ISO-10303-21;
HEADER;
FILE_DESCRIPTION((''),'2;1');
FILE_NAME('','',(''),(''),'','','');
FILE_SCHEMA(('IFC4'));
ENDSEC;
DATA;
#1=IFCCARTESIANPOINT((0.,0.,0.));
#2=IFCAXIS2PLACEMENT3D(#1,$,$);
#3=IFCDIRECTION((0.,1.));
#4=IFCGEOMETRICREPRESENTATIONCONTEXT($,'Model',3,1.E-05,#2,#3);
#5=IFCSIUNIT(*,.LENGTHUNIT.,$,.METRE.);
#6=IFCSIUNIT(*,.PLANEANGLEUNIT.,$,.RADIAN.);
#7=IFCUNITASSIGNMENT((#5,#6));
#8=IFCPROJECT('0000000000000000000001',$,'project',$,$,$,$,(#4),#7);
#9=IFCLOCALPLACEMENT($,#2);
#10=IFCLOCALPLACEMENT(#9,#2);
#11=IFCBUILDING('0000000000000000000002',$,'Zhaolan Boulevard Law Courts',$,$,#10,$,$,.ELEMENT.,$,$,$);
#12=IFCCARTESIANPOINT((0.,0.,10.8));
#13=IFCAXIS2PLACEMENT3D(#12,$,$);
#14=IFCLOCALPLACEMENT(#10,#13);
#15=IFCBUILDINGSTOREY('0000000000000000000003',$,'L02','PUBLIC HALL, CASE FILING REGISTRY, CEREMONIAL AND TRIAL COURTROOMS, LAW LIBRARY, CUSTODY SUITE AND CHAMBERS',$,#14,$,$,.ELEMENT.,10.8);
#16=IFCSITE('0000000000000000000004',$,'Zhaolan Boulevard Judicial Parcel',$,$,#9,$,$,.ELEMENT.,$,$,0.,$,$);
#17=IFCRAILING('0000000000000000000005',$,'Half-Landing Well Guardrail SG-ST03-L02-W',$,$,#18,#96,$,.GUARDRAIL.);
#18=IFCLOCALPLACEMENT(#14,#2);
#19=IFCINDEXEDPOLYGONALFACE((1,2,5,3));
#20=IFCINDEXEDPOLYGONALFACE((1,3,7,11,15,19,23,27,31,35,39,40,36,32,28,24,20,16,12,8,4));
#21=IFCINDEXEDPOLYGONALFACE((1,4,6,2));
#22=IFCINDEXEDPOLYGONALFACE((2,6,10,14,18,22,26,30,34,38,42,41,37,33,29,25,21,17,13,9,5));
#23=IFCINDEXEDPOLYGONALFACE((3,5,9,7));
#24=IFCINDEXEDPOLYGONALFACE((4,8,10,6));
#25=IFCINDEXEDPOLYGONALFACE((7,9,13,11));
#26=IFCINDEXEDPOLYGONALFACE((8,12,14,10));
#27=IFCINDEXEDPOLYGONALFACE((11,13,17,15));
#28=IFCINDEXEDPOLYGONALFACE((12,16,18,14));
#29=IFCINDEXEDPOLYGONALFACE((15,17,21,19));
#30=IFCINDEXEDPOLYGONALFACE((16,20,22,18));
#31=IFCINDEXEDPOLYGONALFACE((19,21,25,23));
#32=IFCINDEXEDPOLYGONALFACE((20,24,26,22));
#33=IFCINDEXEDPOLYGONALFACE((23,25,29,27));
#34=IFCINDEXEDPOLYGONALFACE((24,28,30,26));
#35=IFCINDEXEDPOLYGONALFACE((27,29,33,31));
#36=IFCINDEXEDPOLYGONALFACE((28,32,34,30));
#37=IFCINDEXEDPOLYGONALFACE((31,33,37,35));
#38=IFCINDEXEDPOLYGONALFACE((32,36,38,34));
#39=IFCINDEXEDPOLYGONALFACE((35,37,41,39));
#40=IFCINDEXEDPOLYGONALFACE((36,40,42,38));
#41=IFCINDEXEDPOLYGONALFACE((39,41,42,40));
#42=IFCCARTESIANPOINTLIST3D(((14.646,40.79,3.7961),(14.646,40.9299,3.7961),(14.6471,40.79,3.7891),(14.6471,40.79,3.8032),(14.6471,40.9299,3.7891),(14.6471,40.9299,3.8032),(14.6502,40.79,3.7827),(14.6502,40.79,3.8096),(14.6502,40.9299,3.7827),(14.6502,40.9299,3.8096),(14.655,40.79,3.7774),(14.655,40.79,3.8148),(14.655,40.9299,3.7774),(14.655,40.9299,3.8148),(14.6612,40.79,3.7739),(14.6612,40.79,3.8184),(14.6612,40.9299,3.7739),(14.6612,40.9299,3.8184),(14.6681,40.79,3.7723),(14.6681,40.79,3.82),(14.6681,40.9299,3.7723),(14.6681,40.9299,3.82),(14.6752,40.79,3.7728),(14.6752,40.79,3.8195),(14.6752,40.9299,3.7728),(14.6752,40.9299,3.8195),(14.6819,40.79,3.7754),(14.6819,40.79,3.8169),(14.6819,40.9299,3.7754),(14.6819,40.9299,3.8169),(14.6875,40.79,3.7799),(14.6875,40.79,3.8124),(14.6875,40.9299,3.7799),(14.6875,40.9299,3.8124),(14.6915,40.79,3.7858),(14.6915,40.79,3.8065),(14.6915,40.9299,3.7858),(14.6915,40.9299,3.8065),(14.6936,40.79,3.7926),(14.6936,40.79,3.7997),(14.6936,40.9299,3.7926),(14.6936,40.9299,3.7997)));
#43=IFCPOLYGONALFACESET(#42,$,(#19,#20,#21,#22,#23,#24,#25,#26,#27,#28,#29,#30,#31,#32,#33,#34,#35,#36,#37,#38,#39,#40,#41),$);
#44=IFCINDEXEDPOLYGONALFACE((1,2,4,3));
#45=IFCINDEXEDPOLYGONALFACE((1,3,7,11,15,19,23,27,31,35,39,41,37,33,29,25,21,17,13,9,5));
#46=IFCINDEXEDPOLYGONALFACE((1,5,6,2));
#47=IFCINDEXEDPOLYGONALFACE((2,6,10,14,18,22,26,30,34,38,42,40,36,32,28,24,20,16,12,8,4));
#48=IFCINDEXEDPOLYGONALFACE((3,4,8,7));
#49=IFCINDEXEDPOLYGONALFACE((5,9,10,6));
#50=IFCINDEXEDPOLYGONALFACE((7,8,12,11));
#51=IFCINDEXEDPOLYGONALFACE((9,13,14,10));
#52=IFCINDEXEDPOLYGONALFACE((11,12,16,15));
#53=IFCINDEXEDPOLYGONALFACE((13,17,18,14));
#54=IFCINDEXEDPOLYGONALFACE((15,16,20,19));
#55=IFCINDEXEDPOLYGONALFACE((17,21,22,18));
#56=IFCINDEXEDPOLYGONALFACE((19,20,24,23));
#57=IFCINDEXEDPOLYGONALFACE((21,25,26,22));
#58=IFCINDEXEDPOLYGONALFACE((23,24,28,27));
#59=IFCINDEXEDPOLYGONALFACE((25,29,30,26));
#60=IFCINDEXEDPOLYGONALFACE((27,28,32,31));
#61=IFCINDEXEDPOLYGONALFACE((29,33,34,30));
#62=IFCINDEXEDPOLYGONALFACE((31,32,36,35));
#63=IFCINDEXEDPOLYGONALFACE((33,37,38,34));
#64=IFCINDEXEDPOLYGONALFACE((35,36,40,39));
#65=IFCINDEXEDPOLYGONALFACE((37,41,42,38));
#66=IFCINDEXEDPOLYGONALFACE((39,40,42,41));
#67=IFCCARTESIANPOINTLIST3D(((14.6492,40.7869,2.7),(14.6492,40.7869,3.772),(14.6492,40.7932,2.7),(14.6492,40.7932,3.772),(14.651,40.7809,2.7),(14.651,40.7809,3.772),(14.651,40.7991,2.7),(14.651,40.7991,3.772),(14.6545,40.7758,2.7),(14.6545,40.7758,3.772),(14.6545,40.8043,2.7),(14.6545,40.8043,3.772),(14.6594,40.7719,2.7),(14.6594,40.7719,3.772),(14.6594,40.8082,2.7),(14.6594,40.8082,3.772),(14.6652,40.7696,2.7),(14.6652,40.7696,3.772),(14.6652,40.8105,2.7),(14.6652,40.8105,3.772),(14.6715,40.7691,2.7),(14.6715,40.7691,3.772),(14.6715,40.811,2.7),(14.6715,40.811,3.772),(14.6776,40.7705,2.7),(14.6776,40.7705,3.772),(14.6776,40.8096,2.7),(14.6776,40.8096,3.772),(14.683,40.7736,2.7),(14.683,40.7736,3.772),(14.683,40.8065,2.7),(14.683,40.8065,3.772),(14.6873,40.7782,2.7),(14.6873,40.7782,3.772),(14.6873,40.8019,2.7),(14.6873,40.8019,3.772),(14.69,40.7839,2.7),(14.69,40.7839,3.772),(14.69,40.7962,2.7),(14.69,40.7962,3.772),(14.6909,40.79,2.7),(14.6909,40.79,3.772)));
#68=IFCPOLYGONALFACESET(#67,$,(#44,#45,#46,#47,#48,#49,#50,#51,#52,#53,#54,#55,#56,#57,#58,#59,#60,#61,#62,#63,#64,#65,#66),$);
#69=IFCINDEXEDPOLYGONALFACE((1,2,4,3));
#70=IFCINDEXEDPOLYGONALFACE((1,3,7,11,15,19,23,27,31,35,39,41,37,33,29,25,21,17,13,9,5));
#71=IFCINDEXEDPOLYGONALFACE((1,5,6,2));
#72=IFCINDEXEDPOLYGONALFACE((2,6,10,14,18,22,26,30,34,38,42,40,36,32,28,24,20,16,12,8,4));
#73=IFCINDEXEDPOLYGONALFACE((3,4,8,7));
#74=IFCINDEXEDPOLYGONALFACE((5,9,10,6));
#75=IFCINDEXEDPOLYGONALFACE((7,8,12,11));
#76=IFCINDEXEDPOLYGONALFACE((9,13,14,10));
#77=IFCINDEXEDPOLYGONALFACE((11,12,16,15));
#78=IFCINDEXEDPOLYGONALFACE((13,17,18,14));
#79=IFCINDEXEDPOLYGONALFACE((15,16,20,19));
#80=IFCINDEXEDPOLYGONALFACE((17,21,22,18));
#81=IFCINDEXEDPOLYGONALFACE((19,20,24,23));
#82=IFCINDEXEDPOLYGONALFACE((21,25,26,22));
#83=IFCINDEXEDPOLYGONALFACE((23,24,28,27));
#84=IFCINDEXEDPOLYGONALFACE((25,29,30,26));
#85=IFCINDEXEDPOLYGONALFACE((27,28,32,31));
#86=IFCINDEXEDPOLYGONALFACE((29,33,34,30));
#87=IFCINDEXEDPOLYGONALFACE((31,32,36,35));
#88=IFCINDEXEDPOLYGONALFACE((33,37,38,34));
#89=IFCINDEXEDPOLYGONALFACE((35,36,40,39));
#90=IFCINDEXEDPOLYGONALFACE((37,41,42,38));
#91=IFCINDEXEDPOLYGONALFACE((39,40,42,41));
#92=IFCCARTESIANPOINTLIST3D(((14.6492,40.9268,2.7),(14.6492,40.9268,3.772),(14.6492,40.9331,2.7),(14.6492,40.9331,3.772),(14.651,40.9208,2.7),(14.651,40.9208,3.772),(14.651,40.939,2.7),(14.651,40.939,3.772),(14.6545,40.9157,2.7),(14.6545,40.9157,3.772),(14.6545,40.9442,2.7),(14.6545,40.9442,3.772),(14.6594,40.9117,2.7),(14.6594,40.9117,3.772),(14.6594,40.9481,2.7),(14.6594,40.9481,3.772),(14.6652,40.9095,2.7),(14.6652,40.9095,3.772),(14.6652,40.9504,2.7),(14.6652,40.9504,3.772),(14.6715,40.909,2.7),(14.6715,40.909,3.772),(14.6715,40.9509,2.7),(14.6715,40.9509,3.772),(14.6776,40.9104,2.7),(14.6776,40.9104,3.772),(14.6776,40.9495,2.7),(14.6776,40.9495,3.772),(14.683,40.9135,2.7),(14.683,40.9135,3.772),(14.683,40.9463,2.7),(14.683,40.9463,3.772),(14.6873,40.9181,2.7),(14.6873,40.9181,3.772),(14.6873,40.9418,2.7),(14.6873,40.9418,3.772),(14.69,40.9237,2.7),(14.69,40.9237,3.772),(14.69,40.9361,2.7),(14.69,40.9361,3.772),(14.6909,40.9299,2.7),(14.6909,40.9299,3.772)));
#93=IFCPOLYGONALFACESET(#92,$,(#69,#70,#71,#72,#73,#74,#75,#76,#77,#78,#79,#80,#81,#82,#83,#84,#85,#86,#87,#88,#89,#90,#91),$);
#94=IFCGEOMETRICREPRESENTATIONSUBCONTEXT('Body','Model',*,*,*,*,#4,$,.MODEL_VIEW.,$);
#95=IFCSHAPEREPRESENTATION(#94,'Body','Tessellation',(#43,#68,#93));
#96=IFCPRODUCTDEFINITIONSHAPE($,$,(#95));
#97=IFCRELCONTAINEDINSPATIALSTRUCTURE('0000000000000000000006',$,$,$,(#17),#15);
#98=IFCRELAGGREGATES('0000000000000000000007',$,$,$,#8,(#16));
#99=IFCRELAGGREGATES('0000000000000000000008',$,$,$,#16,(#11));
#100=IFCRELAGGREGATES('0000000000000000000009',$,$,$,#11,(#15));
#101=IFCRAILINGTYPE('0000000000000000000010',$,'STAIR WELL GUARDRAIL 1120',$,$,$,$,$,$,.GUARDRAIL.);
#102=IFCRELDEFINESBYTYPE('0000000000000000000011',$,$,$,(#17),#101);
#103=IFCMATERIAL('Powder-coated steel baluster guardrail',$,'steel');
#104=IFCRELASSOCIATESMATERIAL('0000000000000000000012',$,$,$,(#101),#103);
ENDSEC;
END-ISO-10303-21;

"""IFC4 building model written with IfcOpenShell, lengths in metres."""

from ifc_helpers import new_model, si_unit, direction, frame, origin, origin_2d, place, context, subcontext, project, spatial, circle, extrude, material, type_object, element, save


model = new_model("IFC4")

# Units and contexts
model_context = context("Model", 3, precision=1e-05, world=origin(), true_north=direction((0.0, 1.0)))
body_context = subcontext(model_context, "Body", "Model", "MODEL_VIEW")
ifc_project = project(units=[si_unit("LENGTHUNIT", "METRE"), si_unit("PLANEANGLEUNIT", "RADIAN")], contexts=[model_context])

# Site, building, storey
site_placement = place(None, origin())
site = spatial("IfcSite", under=ifc_project, at=site_placement, Name="Zhaolan Boulevard Judicial Parcel", CompositionType="ELEMENT", RefElevation=0.0)
building_placement = place(site_placement, origin())
building = spatial("IfcBuilding", under=site, at=building_placement, Name="Zhaolan Boulevard Law Courts", CompositionType="ELEMENT")
storey_placement = place(building_placement, frame((0.0, 0.0, 10.8)))
storey = spatial("IfcBuildingStorey", under=building, at=storey_placement, Name="L02", Description="PUBLIC HALL, CASE FILING REGISTRY, CEREMONIAL AND TRIAL COURTROOMS, LAW LIBRARY, CUSTODY SUITE AND CHAMBERS", CompositionType="ELEMENT", Elevation=10.8)

# Railing
ifc_material_1 = material(Name="Powder-coated steel baluster guardrail", Category="steel")
railing_type_1 = type_object("IfcRailingType", Name="STAIR WELL GUARDRAIL 1120", PredefinedType="GUARDRAIL", material=ifc_material_1)
railing_1_placement = place(storey_placement, frame((14.6699, 40.79, 2.7)))
element("IfcRailing", 1, at=railing_1_placement, inside=storey, type_object=railing_type_1, Name="Half-Landing Well Guardrail SG-ST03-L02-W", PredefinedType="GUARDRAIL", context=body_context, shape_type="SweptSolid", body=[
    extrude(circle(Radius=0.0239, at=origin_2d()), frame((0.0, 0.0, 1.0962), z_axis=(0.0, 1.0, 0.0), x_axis=(-1.0, 0.0, 0.0)), (0.0, 0.0, 1.0), 0.1399),
    extrude(circle(Radius=0.021, at=origin_2d()), origin(), (0.0, 0.0, 1.0), 1.072),
    extrude(circle(Radius=0.021, at=origin_2d()), frame((0.0, 0.1399, 0.0)), (0.0, 0.0, 1.0), 1.072),
])

save(model, "model.ifc")
